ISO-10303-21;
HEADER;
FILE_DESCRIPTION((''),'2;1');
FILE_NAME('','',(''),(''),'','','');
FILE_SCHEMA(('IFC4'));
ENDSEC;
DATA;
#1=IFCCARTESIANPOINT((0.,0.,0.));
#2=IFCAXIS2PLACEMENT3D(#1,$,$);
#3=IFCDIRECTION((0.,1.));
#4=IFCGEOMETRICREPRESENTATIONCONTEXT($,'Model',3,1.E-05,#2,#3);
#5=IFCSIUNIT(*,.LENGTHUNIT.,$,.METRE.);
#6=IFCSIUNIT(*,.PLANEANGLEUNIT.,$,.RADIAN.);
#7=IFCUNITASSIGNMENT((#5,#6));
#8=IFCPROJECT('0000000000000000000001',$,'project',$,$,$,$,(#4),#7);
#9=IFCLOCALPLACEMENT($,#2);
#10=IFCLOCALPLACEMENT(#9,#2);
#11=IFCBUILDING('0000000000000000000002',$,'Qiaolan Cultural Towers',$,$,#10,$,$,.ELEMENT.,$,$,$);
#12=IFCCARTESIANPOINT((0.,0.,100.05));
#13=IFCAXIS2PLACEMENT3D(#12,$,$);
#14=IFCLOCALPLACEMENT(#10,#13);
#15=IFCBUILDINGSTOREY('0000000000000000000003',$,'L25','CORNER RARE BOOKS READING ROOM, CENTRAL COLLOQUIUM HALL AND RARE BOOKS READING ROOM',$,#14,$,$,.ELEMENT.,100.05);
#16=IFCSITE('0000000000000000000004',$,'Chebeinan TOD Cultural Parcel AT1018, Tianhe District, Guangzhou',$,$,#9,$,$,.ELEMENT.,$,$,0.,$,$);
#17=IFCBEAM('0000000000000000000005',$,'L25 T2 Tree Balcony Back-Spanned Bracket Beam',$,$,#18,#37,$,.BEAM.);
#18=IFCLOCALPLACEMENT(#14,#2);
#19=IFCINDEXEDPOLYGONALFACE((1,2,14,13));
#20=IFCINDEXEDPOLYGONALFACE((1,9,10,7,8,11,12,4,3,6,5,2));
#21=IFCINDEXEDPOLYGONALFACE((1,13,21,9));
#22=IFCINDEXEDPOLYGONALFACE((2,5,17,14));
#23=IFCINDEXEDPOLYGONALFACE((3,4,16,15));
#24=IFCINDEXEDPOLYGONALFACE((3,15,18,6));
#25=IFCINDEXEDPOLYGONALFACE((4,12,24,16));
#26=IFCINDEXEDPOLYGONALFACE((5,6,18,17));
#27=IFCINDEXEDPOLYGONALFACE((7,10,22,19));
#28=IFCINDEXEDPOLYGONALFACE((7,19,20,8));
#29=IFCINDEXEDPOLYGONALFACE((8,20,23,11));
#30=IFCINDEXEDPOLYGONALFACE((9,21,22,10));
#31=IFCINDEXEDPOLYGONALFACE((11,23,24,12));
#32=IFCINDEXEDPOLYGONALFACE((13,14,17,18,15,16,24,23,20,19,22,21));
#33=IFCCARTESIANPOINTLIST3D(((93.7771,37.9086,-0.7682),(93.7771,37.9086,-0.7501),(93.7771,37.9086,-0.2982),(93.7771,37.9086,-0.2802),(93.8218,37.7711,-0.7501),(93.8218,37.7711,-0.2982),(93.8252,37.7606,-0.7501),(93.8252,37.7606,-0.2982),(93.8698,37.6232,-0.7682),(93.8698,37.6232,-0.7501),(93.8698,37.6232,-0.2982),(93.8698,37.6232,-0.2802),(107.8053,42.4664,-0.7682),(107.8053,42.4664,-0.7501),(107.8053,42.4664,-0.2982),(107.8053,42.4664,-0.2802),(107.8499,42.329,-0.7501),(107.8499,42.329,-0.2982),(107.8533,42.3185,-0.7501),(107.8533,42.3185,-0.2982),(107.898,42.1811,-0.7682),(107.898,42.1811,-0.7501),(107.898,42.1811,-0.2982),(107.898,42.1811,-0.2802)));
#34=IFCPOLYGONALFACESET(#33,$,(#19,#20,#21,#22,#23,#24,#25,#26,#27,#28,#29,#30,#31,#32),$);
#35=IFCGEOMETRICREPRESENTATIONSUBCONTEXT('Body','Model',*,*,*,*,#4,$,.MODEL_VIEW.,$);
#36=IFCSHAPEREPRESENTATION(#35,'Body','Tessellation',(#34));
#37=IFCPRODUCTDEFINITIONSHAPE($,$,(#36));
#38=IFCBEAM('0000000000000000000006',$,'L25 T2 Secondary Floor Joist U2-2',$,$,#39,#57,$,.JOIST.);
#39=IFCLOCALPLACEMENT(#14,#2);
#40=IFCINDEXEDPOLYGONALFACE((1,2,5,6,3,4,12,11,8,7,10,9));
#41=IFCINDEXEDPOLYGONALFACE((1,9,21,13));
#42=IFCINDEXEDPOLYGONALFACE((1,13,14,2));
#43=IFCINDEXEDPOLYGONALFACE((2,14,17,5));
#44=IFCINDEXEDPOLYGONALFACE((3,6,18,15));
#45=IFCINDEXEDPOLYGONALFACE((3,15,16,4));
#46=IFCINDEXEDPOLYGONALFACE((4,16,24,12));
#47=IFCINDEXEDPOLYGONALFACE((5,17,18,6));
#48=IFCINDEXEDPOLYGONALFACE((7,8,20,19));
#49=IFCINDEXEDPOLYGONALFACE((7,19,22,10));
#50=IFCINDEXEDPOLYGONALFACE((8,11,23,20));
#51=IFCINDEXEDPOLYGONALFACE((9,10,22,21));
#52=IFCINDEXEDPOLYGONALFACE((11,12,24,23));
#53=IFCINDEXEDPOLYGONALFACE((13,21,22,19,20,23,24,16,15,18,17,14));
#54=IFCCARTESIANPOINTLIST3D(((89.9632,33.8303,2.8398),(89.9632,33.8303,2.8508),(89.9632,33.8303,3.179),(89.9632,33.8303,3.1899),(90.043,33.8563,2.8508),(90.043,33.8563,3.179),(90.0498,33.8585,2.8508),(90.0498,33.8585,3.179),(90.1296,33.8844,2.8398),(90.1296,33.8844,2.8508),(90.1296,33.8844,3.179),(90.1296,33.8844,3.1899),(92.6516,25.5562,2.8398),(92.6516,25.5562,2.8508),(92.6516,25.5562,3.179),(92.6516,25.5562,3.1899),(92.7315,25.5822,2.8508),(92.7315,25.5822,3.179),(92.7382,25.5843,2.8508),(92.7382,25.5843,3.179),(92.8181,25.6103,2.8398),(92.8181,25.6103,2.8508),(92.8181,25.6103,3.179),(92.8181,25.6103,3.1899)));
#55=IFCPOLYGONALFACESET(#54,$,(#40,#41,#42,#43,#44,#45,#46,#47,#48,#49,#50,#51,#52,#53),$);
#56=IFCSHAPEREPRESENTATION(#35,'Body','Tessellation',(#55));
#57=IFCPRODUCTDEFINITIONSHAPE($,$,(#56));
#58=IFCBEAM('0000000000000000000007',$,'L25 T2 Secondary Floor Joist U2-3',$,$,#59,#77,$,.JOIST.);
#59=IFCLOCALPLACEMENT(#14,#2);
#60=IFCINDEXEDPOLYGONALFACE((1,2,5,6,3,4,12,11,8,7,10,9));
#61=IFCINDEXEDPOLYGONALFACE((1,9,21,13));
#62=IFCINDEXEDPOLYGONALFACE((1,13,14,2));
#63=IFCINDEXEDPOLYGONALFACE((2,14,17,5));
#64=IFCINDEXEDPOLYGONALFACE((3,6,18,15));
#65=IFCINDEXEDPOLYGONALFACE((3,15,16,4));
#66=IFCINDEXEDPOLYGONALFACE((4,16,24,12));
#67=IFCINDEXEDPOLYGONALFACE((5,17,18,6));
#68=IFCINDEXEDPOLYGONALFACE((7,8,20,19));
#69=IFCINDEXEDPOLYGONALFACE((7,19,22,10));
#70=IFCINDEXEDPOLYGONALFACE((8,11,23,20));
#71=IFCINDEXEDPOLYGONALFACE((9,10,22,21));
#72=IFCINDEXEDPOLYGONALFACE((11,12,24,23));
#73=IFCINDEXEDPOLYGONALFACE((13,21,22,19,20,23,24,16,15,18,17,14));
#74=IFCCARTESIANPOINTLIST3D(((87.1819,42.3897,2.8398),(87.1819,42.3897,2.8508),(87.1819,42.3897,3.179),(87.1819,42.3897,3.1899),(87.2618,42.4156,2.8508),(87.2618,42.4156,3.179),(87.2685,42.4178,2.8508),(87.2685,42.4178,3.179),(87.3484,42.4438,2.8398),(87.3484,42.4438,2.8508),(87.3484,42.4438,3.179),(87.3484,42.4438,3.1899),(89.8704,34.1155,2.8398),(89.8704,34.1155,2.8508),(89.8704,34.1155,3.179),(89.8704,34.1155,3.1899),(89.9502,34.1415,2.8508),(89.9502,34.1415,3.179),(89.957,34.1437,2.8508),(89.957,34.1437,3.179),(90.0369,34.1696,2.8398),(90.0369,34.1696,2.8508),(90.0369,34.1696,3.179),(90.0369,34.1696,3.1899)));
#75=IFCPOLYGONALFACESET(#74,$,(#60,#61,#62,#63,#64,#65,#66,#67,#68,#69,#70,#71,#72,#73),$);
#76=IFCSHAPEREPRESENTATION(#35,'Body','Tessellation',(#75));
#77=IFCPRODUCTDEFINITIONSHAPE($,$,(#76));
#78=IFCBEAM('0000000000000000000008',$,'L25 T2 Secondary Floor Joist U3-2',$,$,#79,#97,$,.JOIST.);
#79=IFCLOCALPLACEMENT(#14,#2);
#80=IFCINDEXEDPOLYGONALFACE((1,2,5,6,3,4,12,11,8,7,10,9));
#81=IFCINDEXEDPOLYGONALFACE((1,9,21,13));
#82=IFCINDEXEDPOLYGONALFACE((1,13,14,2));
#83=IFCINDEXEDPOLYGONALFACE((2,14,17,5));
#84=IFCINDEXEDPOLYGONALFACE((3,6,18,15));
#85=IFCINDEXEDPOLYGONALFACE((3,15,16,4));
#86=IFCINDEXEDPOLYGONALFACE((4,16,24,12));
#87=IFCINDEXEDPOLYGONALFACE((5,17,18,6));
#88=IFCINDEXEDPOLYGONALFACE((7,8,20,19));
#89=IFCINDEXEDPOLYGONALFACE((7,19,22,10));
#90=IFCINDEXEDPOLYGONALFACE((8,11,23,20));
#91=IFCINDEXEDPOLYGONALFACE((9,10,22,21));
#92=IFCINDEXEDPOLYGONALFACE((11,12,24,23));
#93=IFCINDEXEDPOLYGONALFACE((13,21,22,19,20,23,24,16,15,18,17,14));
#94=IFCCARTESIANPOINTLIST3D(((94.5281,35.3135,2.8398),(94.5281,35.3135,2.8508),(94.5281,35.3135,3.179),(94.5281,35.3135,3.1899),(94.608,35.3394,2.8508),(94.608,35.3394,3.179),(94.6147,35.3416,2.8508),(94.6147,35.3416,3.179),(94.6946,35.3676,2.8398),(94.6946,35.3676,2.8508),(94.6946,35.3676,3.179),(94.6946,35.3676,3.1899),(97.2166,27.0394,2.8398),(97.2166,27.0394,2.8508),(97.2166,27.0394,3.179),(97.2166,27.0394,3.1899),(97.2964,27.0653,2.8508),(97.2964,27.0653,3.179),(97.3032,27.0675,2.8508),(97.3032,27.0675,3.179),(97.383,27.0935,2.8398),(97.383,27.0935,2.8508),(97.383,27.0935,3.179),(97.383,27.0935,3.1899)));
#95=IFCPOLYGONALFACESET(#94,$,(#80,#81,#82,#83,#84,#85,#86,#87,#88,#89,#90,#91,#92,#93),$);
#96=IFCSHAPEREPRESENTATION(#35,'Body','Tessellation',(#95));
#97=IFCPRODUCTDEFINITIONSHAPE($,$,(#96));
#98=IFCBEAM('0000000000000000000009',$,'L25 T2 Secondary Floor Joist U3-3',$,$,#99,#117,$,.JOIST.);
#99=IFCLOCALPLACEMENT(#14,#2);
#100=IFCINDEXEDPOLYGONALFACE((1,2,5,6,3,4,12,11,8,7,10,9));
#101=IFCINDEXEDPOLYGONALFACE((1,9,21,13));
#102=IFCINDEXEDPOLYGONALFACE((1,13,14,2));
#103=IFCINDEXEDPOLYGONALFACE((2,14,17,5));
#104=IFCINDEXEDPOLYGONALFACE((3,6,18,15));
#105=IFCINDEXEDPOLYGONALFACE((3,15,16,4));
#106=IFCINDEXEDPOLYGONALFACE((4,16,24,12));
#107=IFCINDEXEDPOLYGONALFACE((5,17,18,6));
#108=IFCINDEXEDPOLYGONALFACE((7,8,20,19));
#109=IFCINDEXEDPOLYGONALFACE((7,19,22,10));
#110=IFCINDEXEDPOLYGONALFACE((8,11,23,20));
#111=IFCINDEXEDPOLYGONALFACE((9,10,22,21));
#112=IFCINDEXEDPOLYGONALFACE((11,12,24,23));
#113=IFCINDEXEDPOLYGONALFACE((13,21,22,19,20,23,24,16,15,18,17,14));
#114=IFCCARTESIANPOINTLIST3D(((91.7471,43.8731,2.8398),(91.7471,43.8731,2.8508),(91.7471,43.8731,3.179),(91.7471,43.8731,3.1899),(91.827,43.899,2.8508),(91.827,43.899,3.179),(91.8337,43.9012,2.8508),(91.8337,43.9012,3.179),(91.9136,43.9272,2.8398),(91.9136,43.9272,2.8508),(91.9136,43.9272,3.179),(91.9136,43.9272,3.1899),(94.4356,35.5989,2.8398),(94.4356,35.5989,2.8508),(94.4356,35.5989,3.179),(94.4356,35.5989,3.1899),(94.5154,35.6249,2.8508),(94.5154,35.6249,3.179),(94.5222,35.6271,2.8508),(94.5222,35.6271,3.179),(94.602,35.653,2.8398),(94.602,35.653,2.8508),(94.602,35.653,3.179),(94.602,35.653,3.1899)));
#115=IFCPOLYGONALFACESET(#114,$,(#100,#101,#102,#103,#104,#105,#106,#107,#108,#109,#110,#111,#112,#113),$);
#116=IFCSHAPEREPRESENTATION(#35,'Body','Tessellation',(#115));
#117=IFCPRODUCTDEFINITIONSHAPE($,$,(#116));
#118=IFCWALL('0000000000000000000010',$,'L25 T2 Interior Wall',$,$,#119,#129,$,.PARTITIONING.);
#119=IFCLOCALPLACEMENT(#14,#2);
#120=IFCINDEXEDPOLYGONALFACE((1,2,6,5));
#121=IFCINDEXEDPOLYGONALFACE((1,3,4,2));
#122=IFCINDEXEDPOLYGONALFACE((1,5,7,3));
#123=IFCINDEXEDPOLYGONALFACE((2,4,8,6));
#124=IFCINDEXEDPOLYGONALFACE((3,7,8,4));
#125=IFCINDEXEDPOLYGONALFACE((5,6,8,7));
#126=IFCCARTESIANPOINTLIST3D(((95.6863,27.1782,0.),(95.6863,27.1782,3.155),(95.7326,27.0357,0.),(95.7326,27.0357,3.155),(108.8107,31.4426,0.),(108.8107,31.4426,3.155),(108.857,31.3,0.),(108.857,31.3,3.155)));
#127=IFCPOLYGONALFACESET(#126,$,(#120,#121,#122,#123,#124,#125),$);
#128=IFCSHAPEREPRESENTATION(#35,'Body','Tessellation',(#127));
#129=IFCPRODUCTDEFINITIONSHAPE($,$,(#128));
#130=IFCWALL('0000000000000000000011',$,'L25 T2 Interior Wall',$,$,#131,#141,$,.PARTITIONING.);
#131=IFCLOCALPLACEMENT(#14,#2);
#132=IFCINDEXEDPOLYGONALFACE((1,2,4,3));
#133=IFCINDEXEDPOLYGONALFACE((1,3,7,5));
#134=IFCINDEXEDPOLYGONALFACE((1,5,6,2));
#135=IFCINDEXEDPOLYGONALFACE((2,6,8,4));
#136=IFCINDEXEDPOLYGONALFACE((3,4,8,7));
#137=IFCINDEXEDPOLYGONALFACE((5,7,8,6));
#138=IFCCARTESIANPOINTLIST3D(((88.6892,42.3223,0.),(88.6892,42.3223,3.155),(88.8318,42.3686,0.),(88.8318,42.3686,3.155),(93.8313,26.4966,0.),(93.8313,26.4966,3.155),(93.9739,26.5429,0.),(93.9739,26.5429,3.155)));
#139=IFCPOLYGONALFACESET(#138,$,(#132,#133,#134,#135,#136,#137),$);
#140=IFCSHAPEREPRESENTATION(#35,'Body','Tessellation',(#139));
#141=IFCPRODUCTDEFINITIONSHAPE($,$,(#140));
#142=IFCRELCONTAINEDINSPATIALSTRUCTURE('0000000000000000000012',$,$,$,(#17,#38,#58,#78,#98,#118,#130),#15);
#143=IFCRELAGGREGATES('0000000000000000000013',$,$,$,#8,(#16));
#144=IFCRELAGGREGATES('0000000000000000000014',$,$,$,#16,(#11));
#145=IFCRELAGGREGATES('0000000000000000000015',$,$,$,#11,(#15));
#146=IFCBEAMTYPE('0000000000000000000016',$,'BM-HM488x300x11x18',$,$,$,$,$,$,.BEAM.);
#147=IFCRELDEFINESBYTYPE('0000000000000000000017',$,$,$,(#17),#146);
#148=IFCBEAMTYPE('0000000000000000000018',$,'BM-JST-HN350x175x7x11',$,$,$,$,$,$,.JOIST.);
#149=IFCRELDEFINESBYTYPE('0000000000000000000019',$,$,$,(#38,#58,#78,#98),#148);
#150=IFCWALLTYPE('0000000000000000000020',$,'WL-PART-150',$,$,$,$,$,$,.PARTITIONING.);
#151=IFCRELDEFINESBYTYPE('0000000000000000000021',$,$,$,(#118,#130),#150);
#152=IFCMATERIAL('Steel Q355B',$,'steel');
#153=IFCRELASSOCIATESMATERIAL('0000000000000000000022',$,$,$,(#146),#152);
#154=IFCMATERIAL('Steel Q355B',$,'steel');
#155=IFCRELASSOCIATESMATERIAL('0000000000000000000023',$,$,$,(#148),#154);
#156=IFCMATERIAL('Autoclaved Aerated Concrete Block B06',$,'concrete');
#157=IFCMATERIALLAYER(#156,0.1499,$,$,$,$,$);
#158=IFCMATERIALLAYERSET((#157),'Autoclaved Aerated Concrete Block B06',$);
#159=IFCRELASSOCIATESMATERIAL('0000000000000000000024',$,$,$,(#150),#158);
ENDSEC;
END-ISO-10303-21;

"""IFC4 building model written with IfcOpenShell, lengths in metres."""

from ifc_helpers import new_model, si_unit, direction, frame, frame_2d, origin, origin_2d, place, context, subcontext, project, spatial, rectangle, i_section, extrude, material, layer, layer_set, material_profile, profile_set, type_object, element, save


model = new_model("IFC4")

# Units and contexts
model_context = context("Model", 3, precision=1e-05, world=origin(), true_north=direction((0.0, 1.0)))
body_context = subcontext(model_context, "Body", "Model", "MODEL_VIEW")
ifc_project = project(units=[si_unit("LENGTHUNIT", "METRE"), si_unit("PLANEANGLEUNIT", "RADIAN")], contexts=[model_context])

# Site, building, storey
site_placement = place(None, origin())
site = spatial("IfcSite", under=ifc_project, at=site_placement, Name="Chebeinan TOD Cultural Parcel AT1018, Tianhe District, Guangzhou", CompositionType="ELEMENT", RefElevation=0.0)
building_placement = place(site_placement, origin())
building = spatial("IfcBuilding", under=site, at=building_placement, Name="Qiaolan Cultural Towers", CompositionType="ELEMENT")
storey_placement = place(building_placement, frame((0.0, 0.0, 100.05)))
storey = spatial("IfcBuildingStorey", under=building, at=storey_placement, Name="L25", Description="CORNER RARE BOOKS READING ROOM, CENTRAL COLLOQUIUM HALL AND RARE BOOKS READING ROOM", CompositionType="ELEMENT", Elevation=100.05)

# Beams
ifc_material_1 = material(Name="Steel Q355B", Category="steel")
ifc_material_profile_1 = material_profile(ifc_material_1, i_section(OverallWidth=0.3, OverallDepth=0.488, WebThickness=0.011, FlangeThickness=0.0181, at=origin_2d()), Name="HM488x300x11x18")
ifc_profile_set_1 = profile_set([ifc_material_profile_1], Name="Steel Q355B")
beam_type_1 = type_object("IfcBeamType", Name="BM-HM488x300x11x18", PredefinedType="BEAM", material=ifc_profile_set_1)
beam_placement = place(storey_placement, frame((93.8235, 37.7659, -0.5242), z_axis=(0.951059, 0.309009, 0.0), x_axis=(-0.309009, 0.951059, 0.0)))
element("IfcBeam", 1, at=beam_placement, inside=storey, type_object=beam_type_1, Name="L25 T2 Tree Balcony Back-Spanned Bracket Beam", PredefinedType="BEAM", context=body_context, shape_type="SweptSolid", body=[
    extrude(i_section(OverallWidth=0.3, OverallDepth=0.488, WebThickness=0.011, FlangeThickness=0.0181, at=origin_2d()), origin(), (0.0, 0.0, 1.0), 14.75),
])
ifc_material_2 = material(Name="Steel Q355B", Category="steel")
ifc_material_profile_2 = material_profile(ifc_material_2, i_section(OverallWidth=0.175, OverallDepth=0.3501, WebThickness=0.0071, FlangeThickness=0.011, at=origin_2d()), Name="HN350x175x7x11")
ifc_profile_set_2 = profile_set([ifc_material_profile_2], Name="Steel Q355B")
beam_type_2 = type_object("IfcBeamType", Name="BM-JST-HN350x175x7x11", PredefinedType="JOIST", material=ifc_profile_set_2)
for number, where, z_axis, x_axis, name in (
    (2, (92.7349, 25.5833, 3.0149), (-0.309021, 0.951055, 0.0), (-0.951055, -0.309021, 0.0), "L25 T2 Secondary Floor Joist U2-2"),
    (3, (89.9536, 34.1426, 3.0149), (-0.309021, 0.951055, 0.0), (-0.951055, -0.309021, 0.0), "L25 T2 Secondary Floor Joist U2-3"),
    (4, (97.2998, 27.0664, 3.0149), (-0.309021, 0.951055, 0.0), (-0.951055, -0.309021, 0.0), "L25 T2 Secondary Floor Joist U3-2"),
    (5, (94.5188, 35.626, 3.0149), (-0.309021, 0.951055, 0.0), (-0.951055, -0.309021, 0.0), "L25 T2 Secondary Floor Joist U3-3"),
):
    element("IfcBeam", number, at=place(storey_placement, frame(where, z_axis=z_axis, x_axis=x_axis)), inside=storey, type_object=beam_type_2, Name=name, PredefinedType="JOIST", context=body_context, shape_type="SweptSolid", body=[
        extrude(i_section(OverallWidth=0.175, OverallDepth=0.3501, WebThickness=0.0071, FlangeThickness=0.011, at=origin_2d()), origin(), (0.0, 0.0, 1.0), 8.7),
    ])

# Walls
ifc_material_3 = material(Name="Autoclaved Aerated Concrete Block B06", Category="concrete")
ifc_layer = layer(ifc_material_3, 0.1499)
ifc_layer_set = layer_set([ifc_layer], Name="Autoclaved Aerated Concrete Block B06")
wall_type = type_object("IfcWallType", Name="WL-PART-150", PredefinedType="PARTITIONING", material=ifc_layer_set)
wall_1_placement = place(storey_placement, frame((95.7095, 27.1069, 0.0), z_axis=(0.0, 0.0, 1.0), x_axis=(0.951057, 0.309016, 0.0)))
element("IfcWall", 6, at=wall_1_placement, inside=storey, type_object=wall_type, Name="L25 T2 Interior Wall", PredefinedType="PARTITIONING", context=body_context, shape_type="SweptSolid", body=[
    extrude(rectangle(XDim=13.7998, YDim=0.1499, at=frame_2d((6.8999, 0.0))), origin(), (0.0, 0.0, 1.0), 3.155),
])
wall_2_placement = place(storey_placement, frame((93.9026, 26.5198, 0.0), z_axis=(0.0, 0.0, 1.0), x_axis=(-0.309018, 0.951056, 0.0)))
element("IfcWall", 7, at=wall_2_placement, inside=storey, type_object=wall_type, Name="L25 T2 Interior Wall", PredefinedType="PARTITIONING", context=body_context, shape_type="SweptSolid", body=[
    extrude(rectangle(XDim=16.6401, YDim=0.1499, at=frame_2d((8.3201, 0.0))), origin(), (0.0, 0.0, 1.0), 3.155),
])

save(model, "model.ifc")
